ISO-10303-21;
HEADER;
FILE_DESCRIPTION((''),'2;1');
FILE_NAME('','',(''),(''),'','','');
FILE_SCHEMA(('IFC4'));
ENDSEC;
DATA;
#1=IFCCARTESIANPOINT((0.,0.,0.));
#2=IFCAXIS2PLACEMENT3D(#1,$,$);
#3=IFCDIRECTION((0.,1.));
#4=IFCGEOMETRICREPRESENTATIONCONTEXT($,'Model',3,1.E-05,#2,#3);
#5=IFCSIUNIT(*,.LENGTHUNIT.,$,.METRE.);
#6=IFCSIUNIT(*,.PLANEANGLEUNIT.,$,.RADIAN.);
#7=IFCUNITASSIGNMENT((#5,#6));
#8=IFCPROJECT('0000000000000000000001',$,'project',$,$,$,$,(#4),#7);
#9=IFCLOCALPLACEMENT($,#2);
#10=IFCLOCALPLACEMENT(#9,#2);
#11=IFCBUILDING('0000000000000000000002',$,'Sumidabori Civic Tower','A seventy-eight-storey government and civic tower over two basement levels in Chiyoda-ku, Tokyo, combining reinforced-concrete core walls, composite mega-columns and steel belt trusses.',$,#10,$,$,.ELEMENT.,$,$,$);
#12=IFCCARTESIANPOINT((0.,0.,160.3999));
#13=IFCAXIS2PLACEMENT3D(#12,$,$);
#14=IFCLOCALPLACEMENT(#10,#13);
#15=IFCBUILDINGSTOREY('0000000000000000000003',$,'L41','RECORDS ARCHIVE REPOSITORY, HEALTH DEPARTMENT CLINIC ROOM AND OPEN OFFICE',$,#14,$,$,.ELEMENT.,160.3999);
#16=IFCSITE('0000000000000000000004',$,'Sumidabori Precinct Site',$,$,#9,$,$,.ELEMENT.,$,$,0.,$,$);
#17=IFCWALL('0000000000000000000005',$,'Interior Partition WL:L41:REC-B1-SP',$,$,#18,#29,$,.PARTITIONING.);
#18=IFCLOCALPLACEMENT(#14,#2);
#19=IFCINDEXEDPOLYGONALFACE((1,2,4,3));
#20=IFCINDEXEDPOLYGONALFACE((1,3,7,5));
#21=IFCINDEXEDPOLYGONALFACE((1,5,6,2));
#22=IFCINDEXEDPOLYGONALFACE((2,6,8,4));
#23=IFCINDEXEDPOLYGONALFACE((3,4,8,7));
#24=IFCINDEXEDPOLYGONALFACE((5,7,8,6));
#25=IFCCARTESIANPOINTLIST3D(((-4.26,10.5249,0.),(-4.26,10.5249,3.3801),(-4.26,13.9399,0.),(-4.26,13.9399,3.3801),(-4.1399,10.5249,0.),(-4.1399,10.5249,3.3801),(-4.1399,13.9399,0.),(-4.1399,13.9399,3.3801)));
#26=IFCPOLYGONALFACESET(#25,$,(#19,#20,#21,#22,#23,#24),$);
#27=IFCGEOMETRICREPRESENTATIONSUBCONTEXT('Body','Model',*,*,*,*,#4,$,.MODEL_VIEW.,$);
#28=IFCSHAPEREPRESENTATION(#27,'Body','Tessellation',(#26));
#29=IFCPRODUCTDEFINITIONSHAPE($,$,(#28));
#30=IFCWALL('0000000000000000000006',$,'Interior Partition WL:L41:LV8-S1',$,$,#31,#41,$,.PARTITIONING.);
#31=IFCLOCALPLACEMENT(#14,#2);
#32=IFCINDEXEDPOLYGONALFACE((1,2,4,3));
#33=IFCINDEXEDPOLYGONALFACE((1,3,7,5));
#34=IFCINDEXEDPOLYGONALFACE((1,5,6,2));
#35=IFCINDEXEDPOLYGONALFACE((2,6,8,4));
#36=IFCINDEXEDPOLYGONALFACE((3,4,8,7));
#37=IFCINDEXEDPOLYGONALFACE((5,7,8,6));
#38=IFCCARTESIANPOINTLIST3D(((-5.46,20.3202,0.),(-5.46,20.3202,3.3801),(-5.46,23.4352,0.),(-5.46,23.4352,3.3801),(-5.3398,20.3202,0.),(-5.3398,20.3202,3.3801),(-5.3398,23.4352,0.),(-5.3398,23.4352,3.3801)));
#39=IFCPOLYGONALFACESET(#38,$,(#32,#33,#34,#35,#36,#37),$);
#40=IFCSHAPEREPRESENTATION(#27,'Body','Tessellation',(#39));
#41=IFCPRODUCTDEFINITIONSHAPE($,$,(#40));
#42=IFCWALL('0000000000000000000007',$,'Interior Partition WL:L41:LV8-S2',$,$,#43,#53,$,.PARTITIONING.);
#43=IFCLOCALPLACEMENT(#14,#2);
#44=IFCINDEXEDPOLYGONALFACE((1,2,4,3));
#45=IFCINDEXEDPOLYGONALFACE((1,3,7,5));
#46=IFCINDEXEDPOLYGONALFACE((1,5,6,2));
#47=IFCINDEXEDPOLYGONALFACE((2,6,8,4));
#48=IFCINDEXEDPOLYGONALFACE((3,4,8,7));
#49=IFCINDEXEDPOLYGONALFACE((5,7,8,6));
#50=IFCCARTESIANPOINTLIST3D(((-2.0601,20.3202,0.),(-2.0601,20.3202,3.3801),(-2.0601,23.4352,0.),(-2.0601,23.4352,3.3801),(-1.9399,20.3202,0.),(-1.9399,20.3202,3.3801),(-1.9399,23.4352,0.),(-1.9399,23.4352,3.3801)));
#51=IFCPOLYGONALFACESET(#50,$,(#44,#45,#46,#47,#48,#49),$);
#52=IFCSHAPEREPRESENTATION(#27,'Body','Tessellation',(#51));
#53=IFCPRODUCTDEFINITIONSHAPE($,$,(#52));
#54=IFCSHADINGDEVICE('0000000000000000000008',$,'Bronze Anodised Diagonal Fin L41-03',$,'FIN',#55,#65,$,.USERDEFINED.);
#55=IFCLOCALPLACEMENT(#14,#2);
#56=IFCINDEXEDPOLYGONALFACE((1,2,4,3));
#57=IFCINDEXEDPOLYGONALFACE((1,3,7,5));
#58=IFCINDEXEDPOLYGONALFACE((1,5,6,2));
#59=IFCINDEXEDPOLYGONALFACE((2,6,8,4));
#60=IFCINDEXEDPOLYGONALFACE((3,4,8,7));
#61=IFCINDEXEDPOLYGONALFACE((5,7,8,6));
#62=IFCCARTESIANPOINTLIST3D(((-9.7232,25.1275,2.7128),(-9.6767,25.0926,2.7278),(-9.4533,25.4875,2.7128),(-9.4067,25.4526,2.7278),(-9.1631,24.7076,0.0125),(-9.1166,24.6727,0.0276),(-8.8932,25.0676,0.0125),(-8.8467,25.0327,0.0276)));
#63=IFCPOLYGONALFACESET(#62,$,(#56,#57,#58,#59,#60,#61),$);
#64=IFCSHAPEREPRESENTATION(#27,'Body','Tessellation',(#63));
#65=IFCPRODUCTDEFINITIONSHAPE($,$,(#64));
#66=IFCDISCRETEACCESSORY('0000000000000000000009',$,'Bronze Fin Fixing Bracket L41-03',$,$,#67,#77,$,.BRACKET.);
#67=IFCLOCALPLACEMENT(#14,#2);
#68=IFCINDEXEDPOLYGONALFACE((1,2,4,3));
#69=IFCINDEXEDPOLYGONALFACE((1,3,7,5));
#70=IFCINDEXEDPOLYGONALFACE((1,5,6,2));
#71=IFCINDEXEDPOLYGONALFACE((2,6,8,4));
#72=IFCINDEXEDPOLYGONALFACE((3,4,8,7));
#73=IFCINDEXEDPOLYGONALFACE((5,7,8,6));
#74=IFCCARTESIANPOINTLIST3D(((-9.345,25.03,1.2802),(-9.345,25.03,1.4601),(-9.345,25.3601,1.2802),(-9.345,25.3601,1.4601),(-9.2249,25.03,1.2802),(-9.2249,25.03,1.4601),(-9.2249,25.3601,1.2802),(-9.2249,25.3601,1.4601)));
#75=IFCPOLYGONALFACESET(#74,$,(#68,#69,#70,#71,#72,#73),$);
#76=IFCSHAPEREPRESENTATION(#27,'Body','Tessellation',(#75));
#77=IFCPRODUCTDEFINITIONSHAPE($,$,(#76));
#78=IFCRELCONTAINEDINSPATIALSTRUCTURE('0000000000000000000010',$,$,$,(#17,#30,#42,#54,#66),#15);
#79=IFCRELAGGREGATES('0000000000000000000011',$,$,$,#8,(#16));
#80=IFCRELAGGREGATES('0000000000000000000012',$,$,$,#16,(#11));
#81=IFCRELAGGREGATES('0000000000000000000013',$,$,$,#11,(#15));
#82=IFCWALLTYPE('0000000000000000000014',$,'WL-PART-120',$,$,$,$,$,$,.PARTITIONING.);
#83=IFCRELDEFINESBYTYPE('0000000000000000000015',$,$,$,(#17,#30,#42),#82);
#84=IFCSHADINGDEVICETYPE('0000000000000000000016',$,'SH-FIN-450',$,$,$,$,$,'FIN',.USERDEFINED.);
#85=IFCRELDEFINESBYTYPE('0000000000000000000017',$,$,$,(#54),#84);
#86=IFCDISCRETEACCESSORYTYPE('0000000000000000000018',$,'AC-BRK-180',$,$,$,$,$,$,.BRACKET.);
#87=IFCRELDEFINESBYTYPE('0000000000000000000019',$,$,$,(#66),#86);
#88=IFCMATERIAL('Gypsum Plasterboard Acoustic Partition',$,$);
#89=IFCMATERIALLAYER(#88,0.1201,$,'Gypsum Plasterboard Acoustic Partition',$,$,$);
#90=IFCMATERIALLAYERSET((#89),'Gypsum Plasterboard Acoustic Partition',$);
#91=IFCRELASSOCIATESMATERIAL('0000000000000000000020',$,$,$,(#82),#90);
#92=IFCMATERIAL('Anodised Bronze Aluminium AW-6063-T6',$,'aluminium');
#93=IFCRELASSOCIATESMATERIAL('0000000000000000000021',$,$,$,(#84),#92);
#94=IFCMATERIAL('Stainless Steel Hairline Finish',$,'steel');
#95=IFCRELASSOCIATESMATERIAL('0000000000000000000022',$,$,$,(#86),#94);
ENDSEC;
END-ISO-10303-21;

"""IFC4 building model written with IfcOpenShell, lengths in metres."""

from ifc_helpers import new_model, si_unit, direction, frame, frame_2d, origin, origin_2d, place, context, subcontext, project, spatial, rectangle, extrude, source, transform, mapped, material, layer, layer_set, material_profile, profile_set, type_object, element, save


model = new_model("IFC4")

# Units and contexts
model_context = context("Model", 3, precision=1e-05, world=origin(), true_north=direction((0.0, 1.0)))
body_context = subcontext(model_context, "Body", "Model", "MODEL_VIEW")
ifc_project = project(units=[si_unit("LENGTHUNIT", "METRE"), si_unit("PLANEANGLEUNIT", "RADIAN")], contexts=[model_context])

# Site, building, storey
site_placement = place(None, origin())
site = spatial("IfcSite", under=ifc_project, at=site_placement, Name="Sumidabori Precinct Site", CompositionType="ELEMENT", RefElevation=0.0)
building_placement = place(site_placement, origin())
building = spatial("IfcBuilding", under=site, at=building_placement, Name="Sumidabori Civic Tower", Description="A seventy-eight-storey government and civic tower over two basement levels in Chiyoda-ku, Tokyo, combining reinforced-concrete core walls, composite mega-columns and steel belt trusses.", CompositionType="ELEMENT")
storey_placement = place(building_placement, frame((0.0, 0.0, 160.3999)))
storey = spatial("IfcBuildingStorey", under=building, at=storey_placement, Name="L41", Description="RECORDS ARCHIVE REPOSITORY, HEALTH DEPARTMENT CLINIC ROOM AND OPEN OFFICE", CompositionType="ELEMENT", Elevation=160.3999)

# Shared definitions
ifc_material_1 = material(Name="Anodised Bronze Aluminium AW-6063-T6", Category="aluminium")

# Shared definitions
ifc_material_2 = material(Name="Stainless Steel Hairline Finish", Category="steel")

# Shared definitions
ifc_material_3 = material(Name="Gypsum Plasterboard Acoustic Partition")

# Walls
ifc_layer_1 = layer(ifc_material_3, 0.1201, Name="Gypsum Plasterboard Acoustic Partition")
ifc_layer_set_1 = layer_set([ifc_layer_1], Name="Gypsum Plasterboard Acoustic Partition")
wall_type_1 = type_object("IfcWallType", Name="WL-PART-120", PredefinedType="PARTITIONING", material=ifc_layer_set_1)
shared_shape_1 = source(origin(), body_context, "Body", "SweptSolid", [
    extrude(rectangle(XDim=3.415, YDim=0.1201, at=frame_2d((1.7075, 0.0))), origin(), (0.0, 0.0, 1.0), 3.3801),
])
wall_1_placement = place(storey_placement, frame((-4.2, 10.5249, 0.0), z_axis=(0.0, 0.0, 1.0), x_axis=(0.0, 1.0, 0.0)))
element("IfcWall", 1, at=wall_1_placement, inside=storey, type_object=wall_type_1, Name="Interior Partition WL:L41:REC-B1-SP", PredefinedType="PARTITIONING", context=body_context, shape_type="MappedRepresentation", body=[
    mapped(shared_shape_1, transform((0.0, 0.0, 0.0), x_axis=(1.0, 0.0, 0.0), y_axis=(0.0, 1.0, 0.0), z_axis=(0.0, 0.0, 1.0), scale=1.0)),
])
shared_shape_2 = source(origin(), body_context, "Body", "SweptSolid", [
    extrude(rectangle(XDim=3.115, YDim=0.1201, at=frame_2d((1.5576, 0.0))), origin(), (0.0, 0.0, 1.0), 3.3801),
])
for number, where, z_axis, x_axis, name in (
    (2, (-5.3999, 20.3201, 0.0), (0.0, 0.0, 1.0), (0.0, 1.0, 0.0), "Interior Partition WL:L41:LV8-S1"),
    (3, (-2.0, 20.3201, 0.0), (0.0, 0.0, 1.0), (0.0, 1.0, 0.0), "Interior Partition WL:L41:LV8-S2"),
):
    element("IfcWall", number, at=place(storey_placement, frame(where, z_axis=z_axis, x_axis=x_axis)), inside=storey, type_object=wall_type_1, Name=name, PredefinedType="PARTITIONING", context=body_context, shape_type="MappedRepresentation", body=[
        mapped(shared_shape_2, transform((0.0, 0.0, 0.0), x_axis=(1.0, 0.0, 0.0), y_axis=(0.0, 1.0, 0.0), z_axis=(0.0, 0.0, 1.0), scale=1.0)),
    ])

# Shading device
ifc_material_profile_1 = material_profile(ifc_material_1, rectangle(XDim=0.0601, YDim=0.45, at=origin_2d()), Name="BRONZE FIN 450x60")
ifc_profile_set_1 = profile_set([ifc_material_profile_1], Name="Anodised Bronze Aluminium AW-6063-T6")
shading_device_type = type_object("IfcShadingDeviceType", Name="SH-FIN-450", ElementType="FIN", PredefinedType="USERDEFINED", material=ifc_profile_set_1)
shared_shape_3 = source(origin(), body_context, "Body", "SweptSolid", [
    extrude(rectangle(XDim=0.0601, YDim=0.45, at=origin_2d()), origin(), (0.0, 0.0, 1.0), 2.7896),
])
shading_device_placement = place(storey_placement, frame((-9.0049, 24.8701, 0.02), z_axis=(-0.200777, 0.150539, 0.968001), x_axis=(0.774482, -0.580693, 0.250945)))
element("IfcShadingDevice", 4, at=shading_device_placement, inside=storey, type_object=shading_device_type, Name="Bronze Anodised Diagonal Fin L41-03", ObjectType="FIN", PredefinedType="USERDEFINED", context=body_context, shape_type="MappedRepresentation", body=[
    mapped(shared_shape_3, transform((0.0, 0.0, 0.0), x_axis=(1.0, 0.0, 0.0), y_axis=(0.0, 1.0, 0.0), z_axis=(0.0, 0.0, 1.0), scale=1.0)),
])

# Discrete accessory
ifc_material_profile_2 = material_profile(ifc_material_2, rectangle(XDim=0.1201, YDim=0.1799, at=origin_2d()), Name="STEEL BRACKET 180x120")
ifc_profile_set_2 = profile_set([ifc_material_profile_2], Name="Stainless Steel Hairline Finish")
discrete_accessory_type = type_object("IfcDiscreteAccessoryType", Name="AC-BRK-180", PredefinedType="BRACKET", material=ifc_profile_set_2)
shared_shape_4 = source(origin(), body_context, "Body", "SweptSolid", [
    extrude(rectangle(XDim=0.1201, YDim=0.1799, at=origin_2d()), origin(), (0.0, 0.0, 1.0), 0.3301),
])
discrete_accessory_placement = place(storey_placement, frame((-9.2849, 25.03, 1.3701), z_axis=(0.0, 1.0, 0.0), x_axis=(-1.0, 0.0, 0.0)))
element("IfcDiscreteAccessory", 5, at=discrete_accessory_placement, inside=storey, type_object=discrete_accessory_type, Name="Bronze Fin Fixing Bracket L41-03", PredefinedType="BRACKET", context=body_context, shape_type="MappedRepresentation", body=[
    mapped(shared_shape_4, transform((0.0, 0.0, 0.0), x_axis=(1.0, 0.0, 0.0), y_axis=(0.0, 1.0, 0.0), z_axis=(0.0, 0.0, 1.0), scale=1.0)),
])

save(model, "model.ifc")
